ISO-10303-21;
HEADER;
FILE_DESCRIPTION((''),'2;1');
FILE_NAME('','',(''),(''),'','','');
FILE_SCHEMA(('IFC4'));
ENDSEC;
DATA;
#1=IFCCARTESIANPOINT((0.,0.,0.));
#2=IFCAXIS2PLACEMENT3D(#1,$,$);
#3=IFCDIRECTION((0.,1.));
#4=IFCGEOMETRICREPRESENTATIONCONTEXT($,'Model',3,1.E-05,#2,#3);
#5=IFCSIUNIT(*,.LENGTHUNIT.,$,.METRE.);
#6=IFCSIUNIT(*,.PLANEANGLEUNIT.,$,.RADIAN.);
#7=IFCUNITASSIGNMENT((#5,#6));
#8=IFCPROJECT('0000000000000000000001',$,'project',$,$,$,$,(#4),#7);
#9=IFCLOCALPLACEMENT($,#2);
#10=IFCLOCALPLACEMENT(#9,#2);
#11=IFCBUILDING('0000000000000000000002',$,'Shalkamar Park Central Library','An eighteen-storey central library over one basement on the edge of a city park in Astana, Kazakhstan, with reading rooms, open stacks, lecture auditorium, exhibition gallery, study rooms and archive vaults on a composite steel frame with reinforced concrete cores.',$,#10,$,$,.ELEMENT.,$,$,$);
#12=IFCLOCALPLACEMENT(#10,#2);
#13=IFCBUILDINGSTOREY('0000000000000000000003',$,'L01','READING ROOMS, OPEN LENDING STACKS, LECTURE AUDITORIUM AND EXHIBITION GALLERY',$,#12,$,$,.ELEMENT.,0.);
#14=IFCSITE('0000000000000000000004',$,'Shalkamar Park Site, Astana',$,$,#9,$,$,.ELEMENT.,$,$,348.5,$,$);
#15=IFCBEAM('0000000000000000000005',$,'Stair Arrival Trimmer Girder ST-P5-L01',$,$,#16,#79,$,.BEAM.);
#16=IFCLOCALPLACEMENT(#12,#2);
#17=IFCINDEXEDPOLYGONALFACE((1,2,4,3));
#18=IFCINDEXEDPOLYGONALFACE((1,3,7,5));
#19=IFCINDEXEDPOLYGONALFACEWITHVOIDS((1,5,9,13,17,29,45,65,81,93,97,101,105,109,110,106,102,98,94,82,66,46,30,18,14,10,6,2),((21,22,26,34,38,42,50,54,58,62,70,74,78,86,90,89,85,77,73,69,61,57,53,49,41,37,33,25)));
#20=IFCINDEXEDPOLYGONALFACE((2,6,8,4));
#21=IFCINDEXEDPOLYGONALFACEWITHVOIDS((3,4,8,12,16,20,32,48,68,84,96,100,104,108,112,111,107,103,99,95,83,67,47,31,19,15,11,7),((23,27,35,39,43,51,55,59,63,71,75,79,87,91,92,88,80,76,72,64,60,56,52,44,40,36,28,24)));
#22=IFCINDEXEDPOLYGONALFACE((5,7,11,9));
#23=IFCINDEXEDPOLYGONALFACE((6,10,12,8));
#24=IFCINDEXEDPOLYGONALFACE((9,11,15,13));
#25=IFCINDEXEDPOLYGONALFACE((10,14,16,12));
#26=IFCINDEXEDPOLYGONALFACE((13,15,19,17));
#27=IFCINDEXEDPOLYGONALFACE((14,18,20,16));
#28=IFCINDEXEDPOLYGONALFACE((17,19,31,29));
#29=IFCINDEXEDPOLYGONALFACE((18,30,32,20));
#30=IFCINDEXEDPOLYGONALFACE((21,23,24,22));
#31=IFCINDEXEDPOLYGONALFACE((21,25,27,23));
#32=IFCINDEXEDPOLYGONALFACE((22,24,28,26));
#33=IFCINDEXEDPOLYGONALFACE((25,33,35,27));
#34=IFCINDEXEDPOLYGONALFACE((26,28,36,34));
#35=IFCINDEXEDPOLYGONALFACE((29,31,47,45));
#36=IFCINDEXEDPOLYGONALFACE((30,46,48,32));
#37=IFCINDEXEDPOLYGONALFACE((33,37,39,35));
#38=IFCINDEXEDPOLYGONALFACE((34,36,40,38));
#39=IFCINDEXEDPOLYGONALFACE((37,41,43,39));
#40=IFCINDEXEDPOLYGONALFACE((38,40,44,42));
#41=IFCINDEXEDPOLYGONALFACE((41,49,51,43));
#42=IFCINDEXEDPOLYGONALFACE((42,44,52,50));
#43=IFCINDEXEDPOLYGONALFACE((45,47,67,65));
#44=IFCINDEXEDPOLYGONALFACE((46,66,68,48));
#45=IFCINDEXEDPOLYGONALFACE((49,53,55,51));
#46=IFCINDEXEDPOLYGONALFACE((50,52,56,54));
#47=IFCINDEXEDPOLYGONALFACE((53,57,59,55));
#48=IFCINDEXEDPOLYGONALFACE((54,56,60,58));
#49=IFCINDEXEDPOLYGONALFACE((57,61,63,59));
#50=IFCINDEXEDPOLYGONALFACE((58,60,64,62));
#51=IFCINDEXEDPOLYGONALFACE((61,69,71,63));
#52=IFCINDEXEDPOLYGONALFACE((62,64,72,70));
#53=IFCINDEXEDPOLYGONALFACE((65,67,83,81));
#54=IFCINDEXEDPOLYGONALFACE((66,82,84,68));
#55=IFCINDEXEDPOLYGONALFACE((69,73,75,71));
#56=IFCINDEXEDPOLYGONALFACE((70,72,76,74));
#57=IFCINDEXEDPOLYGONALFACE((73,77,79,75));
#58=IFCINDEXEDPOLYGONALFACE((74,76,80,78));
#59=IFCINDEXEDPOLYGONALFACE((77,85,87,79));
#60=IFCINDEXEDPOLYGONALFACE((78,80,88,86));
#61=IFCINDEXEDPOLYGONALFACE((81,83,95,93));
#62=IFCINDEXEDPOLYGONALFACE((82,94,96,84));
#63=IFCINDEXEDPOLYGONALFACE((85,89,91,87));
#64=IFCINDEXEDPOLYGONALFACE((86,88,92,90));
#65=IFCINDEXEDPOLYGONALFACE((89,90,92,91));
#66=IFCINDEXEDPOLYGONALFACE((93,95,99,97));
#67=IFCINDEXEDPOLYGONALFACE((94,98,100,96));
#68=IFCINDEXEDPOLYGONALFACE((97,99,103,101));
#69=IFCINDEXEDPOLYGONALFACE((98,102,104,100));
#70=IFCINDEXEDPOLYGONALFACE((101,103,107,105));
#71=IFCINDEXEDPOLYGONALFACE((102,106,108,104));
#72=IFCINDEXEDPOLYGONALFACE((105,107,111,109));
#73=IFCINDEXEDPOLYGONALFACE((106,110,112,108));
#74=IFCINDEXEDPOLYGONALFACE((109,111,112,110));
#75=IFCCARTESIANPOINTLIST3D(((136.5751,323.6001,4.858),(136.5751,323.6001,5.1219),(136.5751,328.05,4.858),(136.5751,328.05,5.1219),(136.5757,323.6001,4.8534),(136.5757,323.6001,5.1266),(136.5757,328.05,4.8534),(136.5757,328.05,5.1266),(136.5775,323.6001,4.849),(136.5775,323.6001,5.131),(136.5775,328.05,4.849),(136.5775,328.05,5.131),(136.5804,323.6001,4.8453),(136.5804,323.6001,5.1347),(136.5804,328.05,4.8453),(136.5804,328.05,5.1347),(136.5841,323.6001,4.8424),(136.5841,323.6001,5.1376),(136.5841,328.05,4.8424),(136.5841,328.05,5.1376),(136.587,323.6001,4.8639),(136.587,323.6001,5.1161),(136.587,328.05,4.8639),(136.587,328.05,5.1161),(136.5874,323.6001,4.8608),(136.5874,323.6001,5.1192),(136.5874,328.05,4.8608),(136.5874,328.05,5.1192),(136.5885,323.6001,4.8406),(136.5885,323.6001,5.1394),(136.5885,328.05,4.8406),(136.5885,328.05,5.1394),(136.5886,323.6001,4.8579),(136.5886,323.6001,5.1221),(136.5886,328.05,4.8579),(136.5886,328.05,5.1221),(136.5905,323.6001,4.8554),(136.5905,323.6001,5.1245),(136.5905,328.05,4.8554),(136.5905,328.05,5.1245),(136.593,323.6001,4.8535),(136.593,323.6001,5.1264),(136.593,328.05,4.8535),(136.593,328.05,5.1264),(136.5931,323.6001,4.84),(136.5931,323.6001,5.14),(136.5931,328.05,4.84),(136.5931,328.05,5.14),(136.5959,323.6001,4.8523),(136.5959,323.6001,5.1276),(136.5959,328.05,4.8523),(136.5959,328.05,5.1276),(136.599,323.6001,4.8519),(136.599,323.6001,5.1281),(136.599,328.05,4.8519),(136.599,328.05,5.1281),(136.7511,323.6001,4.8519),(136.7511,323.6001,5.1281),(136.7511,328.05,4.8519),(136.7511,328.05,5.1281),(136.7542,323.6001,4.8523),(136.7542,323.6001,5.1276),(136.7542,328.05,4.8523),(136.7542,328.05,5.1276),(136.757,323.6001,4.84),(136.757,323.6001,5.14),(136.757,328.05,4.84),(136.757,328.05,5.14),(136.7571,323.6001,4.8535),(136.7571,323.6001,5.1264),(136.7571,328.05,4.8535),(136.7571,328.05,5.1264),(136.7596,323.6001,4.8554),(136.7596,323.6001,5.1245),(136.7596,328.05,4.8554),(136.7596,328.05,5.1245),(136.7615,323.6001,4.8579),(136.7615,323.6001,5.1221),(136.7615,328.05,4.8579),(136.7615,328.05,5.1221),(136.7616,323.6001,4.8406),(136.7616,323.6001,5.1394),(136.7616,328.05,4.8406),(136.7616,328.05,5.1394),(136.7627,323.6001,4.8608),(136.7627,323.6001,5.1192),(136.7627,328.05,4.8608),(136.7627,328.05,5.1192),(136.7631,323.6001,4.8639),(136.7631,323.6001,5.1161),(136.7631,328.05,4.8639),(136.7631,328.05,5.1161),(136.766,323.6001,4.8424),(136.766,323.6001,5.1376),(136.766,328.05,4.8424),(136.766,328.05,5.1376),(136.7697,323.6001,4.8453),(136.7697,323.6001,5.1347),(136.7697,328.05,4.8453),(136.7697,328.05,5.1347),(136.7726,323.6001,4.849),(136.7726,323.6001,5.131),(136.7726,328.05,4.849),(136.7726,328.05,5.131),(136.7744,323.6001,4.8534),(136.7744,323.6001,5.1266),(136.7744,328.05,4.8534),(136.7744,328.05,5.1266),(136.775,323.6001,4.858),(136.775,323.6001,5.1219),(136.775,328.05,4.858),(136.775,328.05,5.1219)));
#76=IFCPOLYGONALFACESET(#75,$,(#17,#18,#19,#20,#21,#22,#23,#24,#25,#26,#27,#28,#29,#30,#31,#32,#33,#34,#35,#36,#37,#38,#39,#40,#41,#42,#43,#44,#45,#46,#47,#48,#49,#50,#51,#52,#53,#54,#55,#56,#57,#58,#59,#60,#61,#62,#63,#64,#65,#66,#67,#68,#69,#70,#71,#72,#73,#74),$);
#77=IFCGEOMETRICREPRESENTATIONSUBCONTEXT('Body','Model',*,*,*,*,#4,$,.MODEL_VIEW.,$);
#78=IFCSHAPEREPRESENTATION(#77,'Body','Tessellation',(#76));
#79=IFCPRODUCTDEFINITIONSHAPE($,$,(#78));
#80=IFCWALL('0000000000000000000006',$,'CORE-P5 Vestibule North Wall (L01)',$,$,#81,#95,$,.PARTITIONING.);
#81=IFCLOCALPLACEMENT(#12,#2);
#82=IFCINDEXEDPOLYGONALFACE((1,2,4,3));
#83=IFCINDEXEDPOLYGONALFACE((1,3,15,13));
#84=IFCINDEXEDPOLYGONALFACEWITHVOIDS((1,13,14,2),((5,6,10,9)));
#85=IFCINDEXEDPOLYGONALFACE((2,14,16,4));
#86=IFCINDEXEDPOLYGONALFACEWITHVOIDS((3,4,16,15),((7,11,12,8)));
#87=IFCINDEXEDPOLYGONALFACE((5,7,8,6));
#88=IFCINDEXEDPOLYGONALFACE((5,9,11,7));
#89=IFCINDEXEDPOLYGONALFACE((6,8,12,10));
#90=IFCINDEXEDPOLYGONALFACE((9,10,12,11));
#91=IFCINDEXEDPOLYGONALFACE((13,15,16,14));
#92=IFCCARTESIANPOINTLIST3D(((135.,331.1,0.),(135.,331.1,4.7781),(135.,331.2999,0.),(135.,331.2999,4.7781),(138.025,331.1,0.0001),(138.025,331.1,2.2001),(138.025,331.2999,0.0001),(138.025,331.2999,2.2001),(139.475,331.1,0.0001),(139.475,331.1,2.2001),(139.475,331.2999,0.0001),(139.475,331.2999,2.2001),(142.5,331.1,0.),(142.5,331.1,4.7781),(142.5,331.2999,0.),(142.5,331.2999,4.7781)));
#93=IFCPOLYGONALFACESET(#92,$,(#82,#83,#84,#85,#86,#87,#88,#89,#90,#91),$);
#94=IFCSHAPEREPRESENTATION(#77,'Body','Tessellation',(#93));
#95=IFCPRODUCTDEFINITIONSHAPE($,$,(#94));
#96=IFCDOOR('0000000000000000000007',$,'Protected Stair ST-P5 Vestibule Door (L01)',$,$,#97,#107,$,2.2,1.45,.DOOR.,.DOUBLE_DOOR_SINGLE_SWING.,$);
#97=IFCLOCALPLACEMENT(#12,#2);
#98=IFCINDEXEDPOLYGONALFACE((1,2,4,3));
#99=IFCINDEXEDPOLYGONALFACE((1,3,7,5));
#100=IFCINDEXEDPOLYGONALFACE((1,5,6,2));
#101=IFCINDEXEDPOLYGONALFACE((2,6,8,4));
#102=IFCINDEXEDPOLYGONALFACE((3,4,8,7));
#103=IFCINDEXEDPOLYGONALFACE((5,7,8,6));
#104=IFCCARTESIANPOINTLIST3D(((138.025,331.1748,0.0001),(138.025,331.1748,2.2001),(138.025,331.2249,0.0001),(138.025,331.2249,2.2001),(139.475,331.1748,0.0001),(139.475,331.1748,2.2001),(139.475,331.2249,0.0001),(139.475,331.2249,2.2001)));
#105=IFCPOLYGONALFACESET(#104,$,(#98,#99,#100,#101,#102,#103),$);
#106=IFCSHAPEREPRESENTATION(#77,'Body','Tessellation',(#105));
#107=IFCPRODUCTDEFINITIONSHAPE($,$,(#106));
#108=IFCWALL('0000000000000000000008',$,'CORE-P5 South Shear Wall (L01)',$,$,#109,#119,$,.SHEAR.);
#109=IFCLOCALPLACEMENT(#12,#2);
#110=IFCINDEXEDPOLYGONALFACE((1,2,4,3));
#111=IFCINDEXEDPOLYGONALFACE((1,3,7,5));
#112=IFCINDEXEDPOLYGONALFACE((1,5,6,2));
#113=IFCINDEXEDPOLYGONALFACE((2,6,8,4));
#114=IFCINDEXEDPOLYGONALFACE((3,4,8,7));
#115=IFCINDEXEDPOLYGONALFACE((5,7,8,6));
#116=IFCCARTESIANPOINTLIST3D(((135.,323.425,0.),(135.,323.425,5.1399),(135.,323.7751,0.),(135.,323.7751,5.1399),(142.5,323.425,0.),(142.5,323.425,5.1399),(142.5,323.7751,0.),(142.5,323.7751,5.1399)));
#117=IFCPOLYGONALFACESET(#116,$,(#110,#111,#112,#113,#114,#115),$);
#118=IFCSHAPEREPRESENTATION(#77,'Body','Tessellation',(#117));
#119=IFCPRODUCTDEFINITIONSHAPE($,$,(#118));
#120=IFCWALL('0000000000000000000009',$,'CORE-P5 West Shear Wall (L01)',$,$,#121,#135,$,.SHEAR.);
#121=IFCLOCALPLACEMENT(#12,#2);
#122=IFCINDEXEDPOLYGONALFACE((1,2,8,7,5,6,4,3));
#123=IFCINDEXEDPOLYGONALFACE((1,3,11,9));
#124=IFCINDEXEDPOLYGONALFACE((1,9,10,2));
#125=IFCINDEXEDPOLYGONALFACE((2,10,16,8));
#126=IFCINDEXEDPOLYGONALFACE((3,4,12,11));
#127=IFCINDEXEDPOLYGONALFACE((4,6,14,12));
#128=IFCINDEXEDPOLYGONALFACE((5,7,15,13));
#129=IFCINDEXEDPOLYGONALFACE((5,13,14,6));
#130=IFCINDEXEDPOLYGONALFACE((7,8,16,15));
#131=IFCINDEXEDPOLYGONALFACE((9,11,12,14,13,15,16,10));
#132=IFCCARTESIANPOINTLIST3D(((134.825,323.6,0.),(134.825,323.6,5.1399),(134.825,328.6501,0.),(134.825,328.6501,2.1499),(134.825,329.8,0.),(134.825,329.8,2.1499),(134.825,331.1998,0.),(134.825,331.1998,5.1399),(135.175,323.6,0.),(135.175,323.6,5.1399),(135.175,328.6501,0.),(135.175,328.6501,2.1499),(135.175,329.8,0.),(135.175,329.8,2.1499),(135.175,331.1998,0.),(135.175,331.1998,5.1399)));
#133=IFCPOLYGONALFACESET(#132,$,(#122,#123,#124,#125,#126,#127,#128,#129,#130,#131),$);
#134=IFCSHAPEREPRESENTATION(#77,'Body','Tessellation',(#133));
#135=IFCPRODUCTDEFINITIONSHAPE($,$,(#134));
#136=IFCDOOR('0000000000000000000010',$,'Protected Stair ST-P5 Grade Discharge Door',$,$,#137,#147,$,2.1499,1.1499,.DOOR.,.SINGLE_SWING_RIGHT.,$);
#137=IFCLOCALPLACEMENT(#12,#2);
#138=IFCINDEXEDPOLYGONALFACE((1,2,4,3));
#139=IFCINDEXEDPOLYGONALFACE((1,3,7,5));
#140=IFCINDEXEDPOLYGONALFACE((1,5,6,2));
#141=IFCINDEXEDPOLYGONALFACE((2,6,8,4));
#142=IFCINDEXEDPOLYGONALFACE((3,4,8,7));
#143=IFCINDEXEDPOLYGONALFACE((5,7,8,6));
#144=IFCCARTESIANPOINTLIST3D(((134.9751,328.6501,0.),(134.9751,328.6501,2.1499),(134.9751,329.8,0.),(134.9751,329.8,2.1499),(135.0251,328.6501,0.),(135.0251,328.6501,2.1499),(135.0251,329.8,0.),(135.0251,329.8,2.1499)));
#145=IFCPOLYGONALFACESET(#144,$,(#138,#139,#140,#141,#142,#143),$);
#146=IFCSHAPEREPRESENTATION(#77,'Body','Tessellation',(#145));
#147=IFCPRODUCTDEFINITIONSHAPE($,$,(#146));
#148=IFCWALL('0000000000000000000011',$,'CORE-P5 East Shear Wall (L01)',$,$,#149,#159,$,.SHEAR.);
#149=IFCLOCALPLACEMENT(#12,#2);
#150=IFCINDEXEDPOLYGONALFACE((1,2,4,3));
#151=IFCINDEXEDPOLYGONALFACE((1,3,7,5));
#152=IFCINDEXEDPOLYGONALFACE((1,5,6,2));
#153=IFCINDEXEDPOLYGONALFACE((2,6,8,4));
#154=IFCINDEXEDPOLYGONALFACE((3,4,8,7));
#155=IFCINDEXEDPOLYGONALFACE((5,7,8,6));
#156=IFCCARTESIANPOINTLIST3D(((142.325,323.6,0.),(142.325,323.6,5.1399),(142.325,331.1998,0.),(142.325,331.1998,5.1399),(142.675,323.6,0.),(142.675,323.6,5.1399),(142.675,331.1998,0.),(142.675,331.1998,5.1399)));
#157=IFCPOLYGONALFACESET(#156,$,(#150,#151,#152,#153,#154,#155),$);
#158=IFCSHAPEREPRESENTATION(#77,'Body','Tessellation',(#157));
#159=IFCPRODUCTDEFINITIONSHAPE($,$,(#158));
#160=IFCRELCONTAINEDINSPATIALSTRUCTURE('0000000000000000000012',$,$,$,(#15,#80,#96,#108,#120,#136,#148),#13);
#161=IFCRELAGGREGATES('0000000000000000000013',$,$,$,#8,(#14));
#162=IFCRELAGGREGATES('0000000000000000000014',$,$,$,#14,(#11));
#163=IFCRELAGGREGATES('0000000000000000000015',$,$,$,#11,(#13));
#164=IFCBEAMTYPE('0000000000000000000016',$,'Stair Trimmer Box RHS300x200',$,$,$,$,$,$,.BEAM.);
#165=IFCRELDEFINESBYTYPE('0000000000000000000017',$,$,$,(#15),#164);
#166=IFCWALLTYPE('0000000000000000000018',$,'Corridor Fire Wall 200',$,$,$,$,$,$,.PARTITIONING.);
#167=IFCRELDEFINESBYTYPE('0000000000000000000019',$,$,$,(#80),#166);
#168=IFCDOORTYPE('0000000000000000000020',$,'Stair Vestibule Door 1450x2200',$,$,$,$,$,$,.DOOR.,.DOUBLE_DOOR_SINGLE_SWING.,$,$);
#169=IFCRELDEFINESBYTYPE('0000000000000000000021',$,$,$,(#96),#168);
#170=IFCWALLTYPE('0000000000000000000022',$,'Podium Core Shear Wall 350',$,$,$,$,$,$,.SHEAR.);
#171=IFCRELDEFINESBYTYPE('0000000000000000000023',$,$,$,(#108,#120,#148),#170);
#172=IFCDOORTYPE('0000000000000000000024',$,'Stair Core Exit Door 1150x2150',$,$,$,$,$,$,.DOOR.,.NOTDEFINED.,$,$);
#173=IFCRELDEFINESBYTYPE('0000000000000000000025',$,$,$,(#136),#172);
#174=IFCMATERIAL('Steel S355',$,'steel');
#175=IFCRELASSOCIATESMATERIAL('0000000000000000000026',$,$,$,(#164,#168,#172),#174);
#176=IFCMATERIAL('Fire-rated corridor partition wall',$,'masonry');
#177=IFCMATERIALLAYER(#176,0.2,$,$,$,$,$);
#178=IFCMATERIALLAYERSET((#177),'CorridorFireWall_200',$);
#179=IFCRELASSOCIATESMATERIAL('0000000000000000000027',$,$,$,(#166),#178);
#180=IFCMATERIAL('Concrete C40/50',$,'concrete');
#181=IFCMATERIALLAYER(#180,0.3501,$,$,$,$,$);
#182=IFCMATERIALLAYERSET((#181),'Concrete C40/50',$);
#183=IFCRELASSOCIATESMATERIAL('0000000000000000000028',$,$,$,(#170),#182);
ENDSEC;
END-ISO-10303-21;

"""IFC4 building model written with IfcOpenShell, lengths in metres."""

from ifc_helpers import new_model, si_unit, direction, frame, frame_2d, origin, origin_2d, place, context, subcontext, project, spatial, rectangle, hollow_rectangle, extrude, material, layer, layer_set, material_profile, profile_set, type_object, element, fill, save


model = new_model("IFC4")

# Units and contexts
model_context = context("Model", 3, precision=1e-05, world=origin(), true_north=direction((0.0, 1.0)))
body_context = subcontext(model_context, "Body", "Model", "MODEL_VIEW")
ifc_project = project(units=[si_unit("LENGTHUNIT", "METRE"), si_unit("PLANEANGLEUNIT", "RADIAN")], contexts=[model_context])

# Site, building, storey
site_placement = place(None, origin())
site = spatial("IfcSite", under=ifc_project, at=site_placement, Name="Shalkamar Park Site, Astana", CompositionType="ELEMENT", RefElevation=348.5)
building_placement = place(site_placement, origin())
building = spatial("IfcBuilding", under=site, at=building_placement, Name="Shalkamar Park Central Library", Description="An eighteen-storey central library over one basement on the edge of a city park in Astana, Kazakhstan, with reading rooms, open stacks, lecture auditorium, exhibition gallery, study rooms and archive vaults on a composite steel frame with reinforced concrete cores.", CompositionType="ELEMENT")
storey_placement = place(building_placement, origin())
storey = spatial("IfcBuildingStorey", under=building, at=storey_placement, Name="L01", Description="READING ROOMS, OPEN LENDING STACKS, LECTURE AUDITORIUM AND EXHIBITION GALLERY", CompositionType="ELEMENT", Elevation=0.0)

# Shared definitions
ifc_material_1 = material(Name="Steel S355", Category="steel")

# Beam
ifc_material_profile_1 = material_profile(ifc_material_1, hollow_rectangle(XDim=0.2, YDim=0.3, WallThickness=0.012, InnerFilletRadius=0.012, OuterFilletRadius=0.0181, at=origin_2d()), Name="RHS 300x200x12")
ifc_profile_set_1 = profile_set([ifc_material_profile_1], Name="Steel S355")
beam_type_1 = type_object("IfcBeamType", Name="Stair Trimmer Box RHS300x200", PredefinedType="BEAM", material=ifc_profile_set_1)
beam_1_placement = place(storey_placement, frame((136.675, 323.6001, 4.99), z_axis=(0.0, 1.0, 0.0), x_axis=(-1.0, 0.0, 0.0)))
element("IfcBeam", 1, at=beam_1_placement, inside=storey, type_object=beam_type_1, Name="Stair Arrival Trimmer Girder ST-P5-L01", PredefinedType="BEAM", context=body_context, shape_type="SweptSolid", body=[
    extrude(hollow_rectangle(XDim=0.2, YDim=0.3, WallThickness=0.012, InnerFilletRadius=0.012, OuterFilletRadius=0.0181, at=origin_2d()), origin(), (0.0, 0.0, 1.0), 4.45),
])

# Wall, opening, door
ifc_material_2 = material(Name="Fire-rated corridor partition wall", Category="masonry")
ifc_layer_1 = layer(ifc_material_2, 0.2)
ifc_layer_set_1 = layer_set([ifc_layer_1], Name="CorridorFireWall_200")
wall_type_1 = type_object("IfcWallType", Name="Corridor Fire Wall 200", PredefinedType="PARTITIONING", material=ifc_layer_set_1)
wall_1_placement = place(storey_placement, frame((135.0, 331.2, 0.0), z_axis=(0.0, 0.0, 1.0), x_axis=(1.0, 0.0, 0.0)))
wall_1 = element("IfcWall", 2, at=wall_1_placement, inside=storey, type_object=wall_type_1, Name="CORE-P5 Vestibule North Wall (L01)", PredefinedType="PARTITIONING", context=body_context, shape_type="SweptSolid", body=[
    extrude(rectangle(XDim=7.5, YDim=0.2, at=frame_2d((3.75, 0.0))), origin(), (0.0, 0.0, 1.0), 4.7781),
])
opening_1_placement = place(wall_1_placement, frame((3.0249, 0.0, 0.0)))
opening_1 = element("IfcOpeningElement", 3, at=opening_1_placement, cuts=wall_1, PredefinedType="OPENING", context=body_context, shape_type="SweptSolid", body=[
    extrude(rectangle(XDim=1.45, YDim=2.2, at=frame_2d((0.7251, 1.1001))), frame((0.0, 0.1147, 0.0), z_axis=(0.0, -1.0, 0.0), x_axis=(1.0, 0.0, 0.0)), (0.0, 0.0, 1.0), 0.2297),
])
door_type_1 = type_object("IfcDoorType", Name="Stair Vestibule Door 1450x2200", OperationType="DOUBLE_DOOR_SINGLE_SWING", PredefinedType="DOOR", material=ifc_material_1)
door_1_placement = place(opening_1_placement, origin())
door_1 = element("IfcDoor", 4, at=door_1_placement, inside=storey, type_object=door_type_1, Name="Protected Stair ST-P5 Vestibule Door (L01)", OperationType="DOUBLE_DOOR_SINGLE_SWING", OverallHeight=2.2, OverallWidth=1.45, PredefinedType="DOOR", context=body_context, shape_type="SweptSolid", body=[
    extrude(rectangle(XDim=1.45, YDim=2.2, at=frame_2d((0.7251, 1.1001))), frame((0.0, 0.0249, 0.0), z_axis=(0.0, -1.0, 0.0), x_axis=(1.0, 0.0, 0.0)), (0.0, 0.0, 1.0), 0.05),
])
fill(opening_1, door_1)

# Wall
ifc_material_3 = material(Name="Concrete C40/50", Category="concrete")
ifc_layer_2 = layer(ifc_material_3, 0.3501)
ifc_layer_set_2 = layer_set([ifc_layer_2], Name="Concrete C40/50")
wall_type_2 = type_object("IfcWallType", Name="Podium Core Shear Wall 350", PredefinedType="SHEAR", material=ifc_layer_set_2)
wall_2_placement = place(storey_placement, frame((135.0, 323.6001, 0.0), z_axis=(0.0, 0.0, 1.0), x_axis=(1.0, 0.0, 0.0)))
element("IfcWall", 5, at=wall_2_placement, inside=storey, type_object=wall_type_2, Name="CORE-P5 South Shear Wall (L01)", PredefinedType="SHEAR", context=body_context, shape_type="SweptSolid", body=[
    extrude(rectangle(XDim=7.5, YDim=0.3501, at=frame_2d((3.75, 0.0))), origin(), (0.0, 0.0, 1.0), 5.1399),
])

# Wall, opening, door
wall_3_placement = place(storey_placement, frame((135.0, 323.6001, 0.0), z_axis=(0.0, 0.0, 1.0), x_axis=(0.0, 1.0, 0.0)))
wall_3 = element("IfcWall", 6, at=wall_3_placement, inside=storey, type_object=wall_type_2, Name="CORE-P5 West Shear Wall (L01)", PredefinedType="SHEAR", context=body_context, shape_type="SweptSolid", body=[
    extrude(rectangle(XDim=7.5999, YDim=0.3501, at=frame_2d((3.7998, 0.0))), origin(), (0.0, 0.0, 1.0), 5.1399),
])
opening_2_placement = place(wall_3_placement, frame((5.05, 0.0, 0.0)))
opening_2 = element("IfcOpeningElement", 7, at=opening_2_placement, cuts=wall_3, PredefinedType="OPENING", context=body_context, shape_type="SweptSolid", body=[
    extrude(rectangle(XDim=1.1499, YDim=2.1499, at=frame_2d((0.575, 1.075))), frame((0.0, 0.1899, 0.0), z_axis=(0.0, -1.0, 0.0), x_axis=(1.0, 0.0, 0.0)), (0.0, 0.0, 1.0), 0.3799),
])
door_type_2 = type_object("IfcDoorType", Name="Stair Core Exit Door 1150x2150", OperationType="NOTDEFINED", PredefinedType="DOOR", material=ifc_material_1)
door_2_placement = place(opening_2_placement, origin())
door_2 = element("IfcDoor", 8, at=door_2_placement, inside=storey, type_object=door_type_2, Name="Protected Stair ST-P5 Grade Discharge Door", OperationType="SINGLE_SWING_RIGHT", OverallHeight=2.1499, OverallWidth=1.1499, PredefinedType="DOOR", context=body_context, shape_type="SweptSolid", body=[
    extrude(rectangle(XDim=1.1499, YDim=2.1499, at=frame_2d((0.575, 1.075))), frame((0.0, 0.0249, 0.0), z_axis=(0.0, -1.0, 0.0), x_axis=(1.0, 0.0, 0.0)), (0.0, 0.0, 1.0), 0.05),
])
fill(opening_2, door_2)

# Wall
wall_4_placement = place(storey_placement, frame((142.5, 323.6001, 0.0), z_axis=(0.0, 0.0, 1.0), x_axis=(0.0, 1.0, 0.0)))
element("IfcWall", 9, at=wall_4_placement, inside=storey, type_object=wall_type_2, Name="CORE-P5 East Shear Wall (L01)", PredefinedType="SHEAR", context=body_context, shape_type="SweptSolid", body=[
    extrude(rectangle(XDim=7.5999, YDim=0.3501, at=frame_2d((3.7998, 0.0))), origin(), (0.0, 0.0, 1.0), 5.1399),
])

save(model, "model.ifc")
